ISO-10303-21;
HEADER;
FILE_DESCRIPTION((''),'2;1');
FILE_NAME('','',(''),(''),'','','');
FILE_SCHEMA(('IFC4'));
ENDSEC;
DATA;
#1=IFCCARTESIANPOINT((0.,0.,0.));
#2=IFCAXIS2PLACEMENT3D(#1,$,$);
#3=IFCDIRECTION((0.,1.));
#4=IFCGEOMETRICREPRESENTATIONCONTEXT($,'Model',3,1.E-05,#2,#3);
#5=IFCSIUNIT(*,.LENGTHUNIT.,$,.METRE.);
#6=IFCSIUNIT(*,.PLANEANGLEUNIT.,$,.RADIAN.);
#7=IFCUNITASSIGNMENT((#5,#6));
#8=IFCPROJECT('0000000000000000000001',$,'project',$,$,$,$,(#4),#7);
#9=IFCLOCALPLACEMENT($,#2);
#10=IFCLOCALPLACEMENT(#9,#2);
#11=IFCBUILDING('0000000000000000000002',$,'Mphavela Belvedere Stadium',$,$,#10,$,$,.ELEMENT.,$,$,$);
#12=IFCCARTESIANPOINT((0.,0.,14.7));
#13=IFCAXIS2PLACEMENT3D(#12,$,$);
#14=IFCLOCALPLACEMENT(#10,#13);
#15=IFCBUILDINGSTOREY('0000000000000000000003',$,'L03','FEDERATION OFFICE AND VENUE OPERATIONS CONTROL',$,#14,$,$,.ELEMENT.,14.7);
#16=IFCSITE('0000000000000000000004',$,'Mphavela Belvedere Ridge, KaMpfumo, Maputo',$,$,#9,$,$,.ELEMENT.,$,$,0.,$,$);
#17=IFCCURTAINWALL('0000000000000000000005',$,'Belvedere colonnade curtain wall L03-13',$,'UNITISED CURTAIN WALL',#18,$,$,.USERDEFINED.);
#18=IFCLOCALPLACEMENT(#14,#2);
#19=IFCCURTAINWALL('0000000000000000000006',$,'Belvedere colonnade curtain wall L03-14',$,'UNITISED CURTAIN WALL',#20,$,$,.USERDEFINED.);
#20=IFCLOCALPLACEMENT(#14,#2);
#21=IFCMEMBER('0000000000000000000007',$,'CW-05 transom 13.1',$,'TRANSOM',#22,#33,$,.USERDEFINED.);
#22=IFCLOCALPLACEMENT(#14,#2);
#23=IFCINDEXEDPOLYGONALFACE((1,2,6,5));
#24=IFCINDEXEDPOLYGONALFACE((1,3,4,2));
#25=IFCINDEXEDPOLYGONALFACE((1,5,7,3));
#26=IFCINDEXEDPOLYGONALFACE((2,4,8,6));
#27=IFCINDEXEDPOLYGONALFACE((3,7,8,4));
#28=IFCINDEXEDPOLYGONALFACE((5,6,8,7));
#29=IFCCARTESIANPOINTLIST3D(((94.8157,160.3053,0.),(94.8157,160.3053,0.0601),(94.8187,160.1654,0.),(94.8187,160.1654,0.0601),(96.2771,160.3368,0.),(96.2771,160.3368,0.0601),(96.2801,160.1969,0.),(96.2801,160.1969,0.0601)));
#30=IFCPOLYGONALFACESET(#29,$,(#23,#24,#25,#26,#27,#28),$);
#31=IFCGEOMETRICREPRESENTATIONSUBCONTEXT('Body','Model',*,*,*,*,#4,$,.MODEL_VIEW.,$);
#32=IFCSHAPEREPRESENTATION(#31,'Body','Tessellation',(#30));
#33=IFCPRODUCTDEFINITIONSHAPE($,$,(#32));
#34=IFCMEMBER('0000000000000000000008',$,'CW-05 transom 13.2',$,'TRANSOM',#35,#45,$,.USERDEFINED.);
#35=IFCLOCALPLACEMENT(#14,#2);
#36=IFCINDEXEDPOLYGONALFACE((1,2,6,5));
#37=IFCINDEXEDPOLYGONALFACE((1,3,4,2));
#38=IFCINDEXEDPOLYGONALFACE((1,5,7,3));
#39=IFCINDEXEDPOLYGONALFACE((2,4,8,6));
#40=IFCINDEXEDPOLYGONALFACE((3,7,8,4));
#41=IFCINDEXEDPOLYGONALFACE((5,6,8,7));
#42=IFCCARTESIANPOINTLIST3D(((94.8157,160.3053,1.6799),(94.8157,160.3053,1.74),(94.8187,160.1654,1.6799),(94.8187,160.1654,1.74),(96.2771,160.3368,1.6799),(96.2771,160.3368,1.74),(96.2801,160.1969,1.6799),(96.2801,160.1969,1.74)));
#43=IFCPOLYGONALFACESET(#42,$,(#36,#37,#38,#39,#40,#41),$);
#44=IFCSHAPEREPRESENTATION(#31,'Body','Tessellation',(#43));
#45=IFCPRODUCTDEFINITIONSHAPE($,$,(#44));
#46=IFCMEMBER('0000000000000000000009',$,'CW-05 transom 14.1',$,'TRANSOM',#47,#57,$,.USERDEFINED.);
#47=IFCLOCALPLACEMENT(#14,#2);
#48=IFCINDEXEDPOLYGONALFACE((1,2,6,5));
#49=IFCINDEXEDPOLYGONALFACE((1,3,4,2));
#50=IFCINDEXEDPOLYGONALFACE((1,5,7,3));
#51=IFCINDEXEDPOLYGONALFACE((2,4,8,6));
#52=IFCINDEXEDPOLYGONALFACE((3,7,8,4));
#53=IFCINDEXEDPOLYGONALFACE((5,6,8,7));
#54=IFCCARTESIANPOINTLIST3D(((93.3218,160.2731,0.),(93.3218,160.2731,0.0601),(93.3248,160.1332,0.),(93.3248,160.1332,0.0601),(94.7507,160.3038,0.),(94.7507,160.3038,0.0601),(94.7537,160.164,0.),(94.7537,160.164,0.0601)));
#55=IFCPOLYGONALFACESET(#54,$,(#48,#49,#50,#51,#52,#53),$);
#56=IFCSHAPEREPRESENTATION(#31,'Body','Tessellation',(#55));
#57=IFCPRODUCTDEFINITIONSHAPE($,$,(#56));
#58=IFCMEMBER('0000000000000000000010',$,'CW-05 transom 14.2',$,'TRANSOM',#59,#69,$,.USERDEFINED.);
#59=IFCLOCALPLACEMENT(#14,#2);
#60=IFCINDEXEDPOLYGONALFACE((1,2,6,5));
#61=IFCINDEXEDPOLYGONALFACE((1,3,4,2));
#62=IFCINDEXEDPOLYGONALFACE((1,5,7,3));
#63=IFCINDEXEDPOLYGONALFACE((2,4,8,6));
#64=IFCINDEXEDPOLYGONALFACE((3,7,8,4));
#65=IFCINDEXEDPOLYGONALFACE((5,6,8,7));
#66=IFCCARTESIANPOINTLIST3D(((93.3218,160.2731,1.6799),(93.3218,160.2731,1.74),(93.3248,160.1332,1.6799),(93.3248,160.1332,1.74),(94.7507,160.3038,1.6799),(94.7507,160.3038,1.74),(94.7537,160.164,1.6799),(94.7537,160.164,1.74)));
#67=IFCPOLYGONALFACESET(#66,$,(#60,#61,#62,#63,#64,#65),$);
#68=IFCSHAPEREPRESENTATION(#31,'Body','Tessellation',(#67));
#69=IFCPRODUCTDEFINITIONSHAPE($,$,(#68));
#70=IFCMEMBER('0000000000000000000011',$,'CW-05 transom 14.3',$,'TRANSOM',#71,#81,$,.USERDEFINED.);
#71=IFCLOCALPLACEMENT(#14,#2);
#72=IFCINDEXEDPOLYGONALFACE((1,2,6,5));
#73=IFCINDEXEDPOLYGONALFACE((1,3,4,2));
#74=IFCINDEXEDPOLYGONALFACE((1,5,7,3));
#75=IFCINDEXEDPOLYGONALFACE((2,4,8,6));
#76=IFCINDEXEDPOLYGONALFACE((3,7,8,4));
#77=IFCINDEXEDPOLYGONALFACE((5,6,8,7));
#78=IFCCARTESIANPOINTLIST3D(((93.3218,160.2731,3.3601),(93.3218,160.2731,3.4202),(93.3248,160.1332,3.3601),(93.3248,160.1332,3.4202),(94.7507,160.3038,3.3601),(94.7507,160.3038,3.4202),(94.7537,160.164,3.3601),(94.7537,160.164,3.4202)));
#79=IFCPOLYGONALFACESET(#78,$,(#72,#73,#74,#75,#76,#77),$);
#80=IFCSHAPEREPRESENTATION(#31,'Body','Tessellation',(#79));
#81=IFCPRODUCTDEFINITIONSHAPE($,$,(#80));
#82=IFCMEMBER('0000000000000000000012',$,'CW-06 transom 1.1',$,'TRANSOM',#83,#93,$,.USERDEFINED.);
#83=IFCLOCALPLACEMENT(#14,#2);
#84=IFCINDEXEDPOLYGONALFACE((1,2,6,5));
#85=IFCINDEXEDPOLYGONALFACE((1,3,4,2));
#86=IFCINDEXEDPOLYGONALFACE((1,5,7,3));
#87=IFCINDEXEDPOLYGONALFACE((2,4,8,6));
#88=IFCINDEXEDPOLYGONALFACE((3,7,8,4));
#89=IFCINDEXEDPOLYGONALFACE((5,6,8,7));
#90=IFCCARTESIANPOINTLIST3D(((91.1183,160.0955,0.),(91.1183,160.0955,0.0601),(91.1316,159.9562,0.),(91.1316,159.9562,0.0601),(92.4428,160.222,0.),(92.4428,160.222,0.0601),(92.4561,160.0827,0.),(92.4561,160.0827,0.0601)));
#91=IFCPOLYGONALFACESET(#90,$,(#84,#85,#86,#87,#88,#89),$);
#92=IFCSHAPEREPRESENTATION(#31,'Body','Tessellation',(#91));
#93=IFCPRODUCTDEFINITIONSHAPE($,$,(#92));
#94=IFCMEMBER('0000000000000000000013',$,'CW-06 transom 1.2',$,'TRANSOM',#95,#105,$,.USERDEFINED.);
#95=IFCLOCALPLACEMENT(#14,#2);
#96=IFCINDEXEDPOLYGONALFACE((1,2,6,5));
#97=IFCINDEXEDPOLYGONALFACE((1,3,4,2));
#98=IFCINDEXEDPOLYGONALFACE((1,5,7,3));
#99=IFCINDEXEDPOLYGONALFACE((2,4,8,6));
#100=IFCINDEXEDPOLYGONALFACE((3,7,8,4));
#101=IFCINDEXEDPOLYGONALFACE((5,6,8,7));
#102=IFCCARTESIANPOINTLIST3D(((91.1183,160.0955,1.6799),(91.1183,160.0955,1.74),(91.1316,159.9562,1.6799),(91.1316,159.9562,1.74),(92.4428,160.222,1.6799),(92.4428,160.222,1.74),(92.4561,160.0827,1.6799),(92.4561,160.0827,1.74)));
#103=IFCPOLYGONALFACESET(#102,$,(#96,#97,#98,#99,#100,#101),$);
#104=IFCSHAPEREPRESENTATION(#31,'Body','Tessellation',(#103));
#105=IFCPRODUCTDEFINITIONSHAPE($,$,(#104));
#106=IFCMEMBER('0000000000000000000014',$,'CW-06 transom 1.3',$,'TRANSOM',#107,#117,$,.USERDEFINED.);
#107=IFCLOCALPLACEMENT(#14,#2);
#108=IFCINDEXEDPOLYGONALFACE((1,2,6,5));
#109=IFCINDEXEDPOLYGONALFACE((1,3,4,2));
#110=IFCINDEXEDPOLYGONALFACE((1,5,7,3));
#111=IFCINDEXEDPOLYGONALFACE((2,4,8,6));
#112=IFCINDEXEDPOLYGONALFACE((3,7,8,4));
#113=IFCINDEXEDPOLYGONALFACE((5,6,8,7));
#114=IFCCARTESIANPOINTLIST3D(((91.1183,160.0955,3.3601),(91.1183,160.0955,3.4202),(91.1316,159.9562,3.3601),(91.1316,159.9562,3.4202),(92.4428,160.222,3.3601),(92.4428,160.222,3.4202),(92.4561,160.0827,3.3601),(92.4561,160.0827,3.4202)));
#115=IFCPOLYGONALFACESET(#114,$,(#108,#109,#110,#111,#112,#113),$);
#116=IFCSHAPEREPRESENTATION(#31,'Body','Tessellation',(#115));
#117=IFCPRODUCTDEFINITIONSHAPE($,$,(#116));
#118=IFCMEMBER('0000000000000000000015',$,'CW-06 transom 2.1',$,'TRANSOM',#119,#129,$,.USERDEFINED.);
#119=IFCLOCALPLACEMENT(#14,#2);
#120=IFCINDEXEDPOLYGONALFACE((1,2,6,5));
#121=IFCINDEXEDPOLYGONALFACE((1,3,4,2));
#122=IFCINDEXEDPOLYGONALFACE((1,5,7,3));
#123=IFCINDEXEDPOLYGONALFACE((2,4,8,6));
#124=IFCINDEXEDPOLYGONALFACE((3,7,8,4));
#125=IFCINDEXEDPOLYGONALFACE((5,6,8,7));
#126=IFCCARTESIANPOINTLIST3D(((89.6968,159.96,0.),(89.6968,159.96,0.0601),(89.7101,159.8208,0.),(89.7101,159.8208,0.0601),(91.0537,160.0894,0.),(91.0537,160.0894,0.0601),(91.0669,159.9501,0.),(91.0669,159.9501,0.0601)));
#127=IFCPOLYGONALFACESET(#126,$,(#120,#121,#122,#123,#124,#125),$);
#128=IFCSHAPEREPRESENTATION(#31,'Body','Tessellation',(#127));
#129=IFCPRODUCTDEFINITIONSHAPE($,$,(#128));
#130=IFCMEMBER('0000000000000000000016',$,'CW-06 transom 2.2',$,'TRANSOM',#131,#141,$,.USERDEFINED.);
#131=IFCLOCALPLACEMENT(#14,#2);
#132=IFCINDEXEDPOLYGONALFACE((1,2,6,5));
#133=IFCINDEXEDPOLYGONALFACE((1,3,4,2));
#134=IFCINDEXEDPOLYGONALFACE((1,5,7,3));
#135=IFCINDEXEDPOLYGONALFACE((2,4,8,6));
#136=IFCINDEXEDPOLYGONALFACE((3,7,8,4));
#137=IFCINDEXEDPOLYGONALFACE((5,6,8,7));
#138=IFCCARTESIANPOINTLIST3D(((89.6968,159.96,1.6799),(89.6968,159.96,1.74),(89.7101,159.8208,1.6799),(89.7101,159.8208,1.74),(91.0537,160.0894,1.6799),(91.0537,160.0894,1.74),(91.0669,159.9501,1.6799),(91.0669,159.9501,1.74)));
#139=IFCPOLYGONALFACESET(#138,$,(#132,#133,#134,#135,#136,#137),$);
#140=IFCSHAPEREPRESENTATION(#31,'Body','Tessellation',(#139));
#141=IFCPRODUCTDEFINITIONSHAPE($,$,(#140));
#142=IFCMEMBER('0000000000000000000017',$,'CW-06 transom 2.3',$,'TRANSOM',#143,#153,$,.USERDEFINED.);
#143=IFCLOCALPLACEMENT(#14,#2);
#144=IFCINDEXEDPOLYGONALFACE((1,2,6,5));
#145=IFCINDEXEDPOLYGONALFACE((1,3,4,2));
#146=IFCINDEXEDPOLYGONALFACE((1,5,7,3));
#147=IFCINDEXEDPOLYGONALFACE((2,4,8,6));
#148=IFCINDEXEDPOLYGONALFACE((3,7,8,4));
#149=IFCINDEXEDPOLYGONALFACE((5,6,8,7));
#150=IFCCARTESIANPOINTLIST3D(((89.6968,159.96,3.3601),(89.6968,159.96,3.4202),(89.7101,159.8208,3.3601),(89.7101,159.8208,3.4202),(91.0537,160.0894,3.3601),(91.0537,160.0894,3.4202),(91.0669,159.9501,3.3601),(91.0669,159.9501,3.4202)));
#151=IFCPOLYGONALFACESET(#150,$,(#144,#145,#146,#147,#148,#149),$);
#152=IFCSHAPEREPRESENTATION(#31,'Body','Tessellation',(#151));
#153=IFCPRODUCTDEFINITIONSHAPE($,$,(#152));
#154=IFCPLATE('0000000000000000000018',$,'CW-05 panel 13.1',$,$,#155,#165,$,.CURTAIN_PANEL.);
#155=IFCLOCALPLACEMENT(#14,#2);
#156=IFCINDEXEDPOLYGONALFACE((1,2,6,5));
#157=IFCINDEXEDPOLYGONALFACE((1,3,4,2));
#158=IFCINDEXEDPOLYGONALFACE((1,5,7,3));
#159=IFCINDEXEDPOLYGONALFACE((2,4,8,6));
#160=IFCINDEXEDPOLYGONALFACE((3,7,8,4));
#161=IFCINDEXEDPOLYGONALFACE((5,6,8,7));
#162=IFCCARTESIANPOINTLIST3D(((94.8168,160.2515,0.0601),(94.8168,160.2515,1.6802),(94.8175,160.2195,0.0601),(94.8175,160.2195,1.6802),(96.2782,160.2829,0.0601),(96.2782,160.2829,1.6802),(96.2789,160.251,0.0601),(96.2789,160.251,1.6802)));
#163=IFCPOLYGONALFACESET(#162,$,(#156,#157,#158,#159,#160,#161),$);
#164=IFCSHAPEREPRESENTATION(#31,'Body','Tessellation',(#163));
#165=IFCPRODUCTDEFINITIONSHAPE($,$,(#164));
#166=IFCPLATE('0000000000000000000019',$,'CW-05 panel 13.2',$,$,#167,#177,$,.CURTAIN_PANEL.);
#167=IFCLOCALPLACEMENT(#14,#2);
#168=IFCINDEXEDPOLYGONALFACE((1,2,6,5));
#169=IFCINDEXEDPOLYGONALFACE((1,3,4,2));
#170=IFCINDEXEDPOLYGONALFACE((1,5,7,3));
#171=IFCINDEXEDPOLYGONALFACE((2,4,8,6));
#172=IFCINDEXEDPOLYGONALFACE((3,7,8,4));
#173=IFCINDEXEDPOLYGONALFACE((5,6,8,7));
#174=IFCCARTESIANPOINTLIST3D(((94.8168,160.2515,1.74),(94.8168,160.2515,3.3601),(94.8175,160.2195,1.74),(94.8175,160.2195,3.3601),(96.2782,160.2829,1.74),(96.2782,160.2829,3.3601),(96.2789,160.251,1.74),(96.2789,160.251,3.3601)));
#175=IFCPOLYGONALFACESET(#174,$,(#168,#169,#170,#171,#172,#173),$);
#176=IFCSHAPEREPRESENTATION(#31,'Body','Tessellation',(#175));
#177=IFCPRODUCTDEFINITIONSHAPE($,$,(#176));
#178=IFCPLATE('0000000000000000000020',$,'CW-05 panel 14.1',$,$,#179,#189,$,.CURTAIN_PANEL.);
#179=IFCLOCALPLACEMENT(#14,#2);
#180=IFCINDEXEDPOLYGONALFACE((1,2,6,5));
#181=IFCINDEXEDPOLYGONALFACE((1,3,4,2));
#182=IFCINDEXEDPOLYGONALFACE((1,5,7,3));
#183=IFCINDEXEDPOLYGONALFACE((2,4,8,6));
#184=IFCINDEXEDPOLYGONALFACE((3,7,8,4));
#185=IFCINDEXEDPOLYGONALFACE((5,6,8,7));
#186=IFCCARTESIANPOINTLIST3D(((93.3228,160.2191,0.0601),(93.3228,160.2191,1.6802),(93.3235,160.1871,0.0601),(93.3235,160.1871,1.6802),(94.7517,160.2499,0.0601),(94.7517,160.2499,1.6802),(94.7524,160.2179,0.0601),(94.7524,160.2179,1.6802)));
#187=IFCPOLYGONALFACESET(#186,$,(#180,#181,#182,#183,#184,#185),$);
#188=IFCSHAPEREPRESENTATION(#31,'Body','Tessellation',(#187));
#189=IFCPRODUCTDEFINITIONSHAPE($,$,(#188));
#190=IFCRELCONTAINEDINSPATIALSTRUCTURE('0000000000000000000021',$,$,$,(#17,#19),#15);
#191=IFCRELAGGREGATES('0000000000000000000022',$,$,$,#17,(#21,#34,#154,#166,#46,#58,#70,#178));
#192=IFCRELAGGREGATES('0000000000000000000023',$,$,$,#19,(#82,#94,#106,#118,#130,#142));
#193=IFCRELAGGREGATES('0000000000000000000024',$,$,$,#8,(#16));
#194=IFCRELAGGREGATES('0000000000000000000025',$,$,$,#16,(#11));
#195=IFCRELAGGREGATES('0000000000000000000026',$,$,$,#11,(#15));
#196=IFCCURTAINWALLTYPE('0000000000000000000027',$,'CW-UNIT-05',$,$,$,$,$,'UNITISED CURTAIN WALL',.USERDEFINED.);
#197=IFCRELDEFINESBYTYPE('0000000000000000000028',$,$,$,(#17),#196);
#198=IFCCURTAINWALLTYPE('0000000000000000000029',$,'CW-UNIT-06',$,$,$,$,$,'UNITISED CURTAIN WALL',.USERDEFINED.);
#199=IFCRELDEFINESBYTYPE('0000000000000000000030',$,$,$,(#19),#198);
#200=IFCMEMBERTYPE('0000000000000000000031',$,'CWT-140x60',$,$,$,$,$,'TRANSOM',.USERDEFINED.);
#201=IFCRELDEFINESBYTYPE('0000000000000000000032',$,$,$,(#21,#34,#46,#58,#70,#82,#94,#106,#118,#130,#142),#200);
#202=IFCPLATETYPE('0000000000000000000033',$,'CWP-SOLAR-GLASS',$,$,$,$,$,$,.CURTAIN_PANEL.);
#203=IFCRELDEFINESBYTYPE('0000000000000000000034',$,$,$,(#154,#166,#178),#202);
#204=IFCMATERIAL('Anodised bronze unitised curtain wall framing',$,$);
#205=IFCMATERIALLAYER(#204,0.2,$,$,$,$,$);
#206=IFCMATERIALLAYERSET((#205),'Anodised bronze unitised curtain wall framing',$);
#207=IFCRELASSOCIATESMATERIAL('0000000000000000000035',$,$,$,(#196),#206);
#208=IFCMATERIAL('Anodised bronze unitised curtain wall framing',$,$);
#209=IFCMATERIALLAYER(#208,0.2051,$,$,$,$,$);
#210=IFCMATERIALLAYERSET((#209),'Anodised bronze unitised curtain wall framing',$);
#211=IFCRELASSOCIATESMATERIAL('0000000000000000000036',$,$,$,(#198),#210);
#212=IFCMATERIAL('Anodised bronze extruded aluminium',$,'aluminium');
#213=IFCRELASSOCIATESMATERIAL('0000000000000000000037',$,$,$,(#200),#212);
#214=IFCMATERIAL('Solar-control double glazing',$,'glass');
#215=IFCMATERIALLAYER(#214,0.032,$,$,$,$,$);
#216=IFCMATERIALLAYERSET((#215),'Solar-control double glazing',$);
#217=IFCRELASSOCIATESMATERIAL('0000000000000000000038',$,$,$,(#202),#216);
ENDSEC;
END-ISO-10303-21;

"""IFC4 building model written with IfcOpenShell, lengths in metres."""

from ifc_helpers import new_model, si_unit, direction, frame, origin, origin_2d, place, context, subcontext, project, spatial, rectangle, extrude, material, layer, layer_set, material_profile, profile_set, type_object, element, aggregate, save


model = new_model("IFC4")

# Units and contexts
model_context = context("Model", 3, precision=1e-05, world=origin(), true_north=direction((0.0, 1.0)))
body_context = subcontext(model_context, "Body", "Model", "MODEL_VIEW")
ifc_project = project(units=[si_unit("LENGTHUNIT", "METRE"), si_unit("PLANEANGLEUNIT", "RADIAN")], contexts=[model_context])

# Site, building, storey
site_placement = place(None, origin())
site = spatial("IfcSite", under=ifc_project, at=site_placement, Name="Mphavela Belvedere Ridge, KaMpfumo, Maputo", CompositionType="ELEMENT", RefElevation=0.0)
building_placement = place(site_placement, origin())
building = spatial("IfcBuilding", under=site, at=building_placement, Name="Mphavela Belvedere Stadium", CompositionType="ELEMENT")
storey_placement = place(building_placement, frame((0.0, 0.0, 14.7)))
storey = spatial("IfcBuildingStorey", under=building, at=storey_placement, Name="L03", Description="FEDERATION OFFICE AND VENUE OPERATIONS CONTROL", CompositionType="ELEMENT", Elevation=14.7)

# Curtain walls
ifc_material_1 = material(Name="Anodised bronze unitised curtain wall framing")
ifc_layer_1 = layer(ifc_material_1, 0.2)
ifc_layer_set_1 = layer_set([ifc_layer_1], Name="Anodised bronze unitised curtain wall framing")
curtain_wall_type_1 = type_object("IfcCurtainWallType", Name="CW-UNIT-05", ElementType="UNITISED CURTAIN WALL", PredefinedType="USERDEFINED", material=ifc_layer_set_1)
curtain_wall_1_placement = place(storey_placement, origin())
curtain_wall_1 = element("IfcCurtainWall", 1, at=curtain_wall_1_placement, inside=storey, type_object=curtain_wall_type_1, Name="Belvedere colonnade curtain wall L03-13", ObjectType="UNITISED CURTAIN WALL", PredefinedType="USERDEFINED")
ifc_material_2 = material(Name="Anodised bronze unitised curtain wall framing")
ifc_layer_2 = layer(ifc_material_2, 0.2051)
ifc_layer_set_2 = layer_set([ifc_layer_2], Name="Anodised bronze unitised curtain wall framing")
curtain_wall_type_2 = type_object("IfcCurtainWallType", Name="CW-UNIT-06", ElementType="UNITISED CURTAIN WALL", PredefinedType="USERDEFINED", material=ifc_layer_set_2)
curtain_wall_2_placement = place(storey_placement, origin())
curtain_wall_2 = element("IfcCurtainWall", 2, at=curtain_wall_2_placement, inside=storey, type_object=curtain_wall_type_2, Name="Belvedere colonnade curtain wall L03-14", ObjectType="UNITISED CURTAIN WALL", PredefinedType="USERDEFINED")

# Members
ifc_material_3 = material(Name="Anodised bronze extruded aluminium", Category="aluminium")
ifc_material_profile_1 = material_profile(ifc_material_3, rectangle(XDim=0.1399, YDim=0.0601, at=origin_2d()), Name="CW-TRN 140x60")
ifc_profile_set_1 = profile_set([ifc_material_profile_1], Name="Anodised bronze extruded aluminium")
member_type_1 = type_object("IfcMemberType", Name="CWT-140x60", ElementType="TRANSOM", PredefinedType="USERDEFINED", material=ifc_profile_set_1)
member_1_placement = place(storey_placement, frame((96.2786, 160.2668, 0.03), z_axis=(-0.999768, -0.021545, 0.0), x_axis=(0.021545, -0.999768, 0.0)))
member_1 = element("IfcMember", 3, at=member_1_placement, type_object=member_type_1, Name="CW-05 transom 13.1", ObjectType="TRANSOM", PredefinedType="USERDEFINED", context=body_context, shape_type="SweptSolid", body=[
    extrude(rectangle(XDim=0.1399, YDim=0.0601, at=origin_2d()), origin(), (0.0, 0.0, 1.0), 1.4617),
])
member_2_placement = place(storey_placement, frame((96.2786, 160.2668, 1.71), z_axis=(-0.999768, -0.021545, 0.0), x_axis=(0.021545, -0.999768, 0.0)))
member_2 = element("IfcMember", 4, at=member_2_placement, type_object=member_type_1, Name="CW-05 transom 13.2", ObjectType="TRANSOM", PredefinedType="USERDEFINED", context=body_context, shape_type="SweptSolid", body=[
    extrude(rectangle(XDim=0.1399, YDim=0.0601, at=origin_2d()), origin(), (0.0, 0.0, 1.0), 1.4617),
])
member_3_placement = place(storey_placement, frame((94.7522, 160.2339, 0.03), z_axis=(-0.999768, -0.021522, 0.0), x_axis=(0.021522, -0.999768, 0.0)))
member_3 = element("IfcMember", 5, at=member_3_placement, type_object=member_type_1, Name="CW-05 transom 14.1", ObjectType="TRANSOM", PredefinedType="USERDEFINED", context=body_context, shape_type="SweptSolid", body=[
    extrude(rectangle(XDim=0.1399, YDim=0.0601, at=origin_2d()), origin(), (0.0, 0.0, 1.0), 1.4292),
])
member_4_placement = place(storey_placement, frame((94.7522, 160.2339, 1.71), z_axis=(-0.999768, -0.021522, 0.0), x_axis=(0.021522, -0.999768, 0.0)))
member_4 = element("IfcMember", 6, at=member_4_placement, type_object=member_type_1, Name="CW-05 transom 14.2", ObjectType="TRANSOM", PredefinedType="USERDEFINED", context=body_context, shape_type="SweptSolid", body=[
    extrude(rectangle(XDim=0.1399, YDim=0.0601, at=origin_2d()), origin(), (0.0, 0.0, 1.0), 1.4292),
])
member_5_placement = place(storey_placement, frame((94.7522, 160.2339, 3.3901), z_axis=(-0.999768, -0.021522, 0.0), x_axis=(0.021522, -0.999768, 0.0)))
member_5 = element("IfcMember", 7, at=member_5_placement, type_object=member_type_1, Name="CW-05 transom 14.3", ObjectType="TRANSOM", PredefinedType="USERDEFINED", context=body_context, shape_type="SweptSolid", body=[
    extrude(rectangle(XDim=0.1399, YDim=0.0601, at=origin_2d()), origin(), (0.0, 0.0, 1.0), 1.4292),
])
member_6_placement = place(storey_placement, frame((92.4495, 160.1523, 0.03), z_axis=(-0.995472, -0.095052, 0.0), x_axis=(0.095052, -0.995472, 0.0)))
member_6 = element("IfcMember", 8, at=member_6_placement, type_object=member_type_1, Name="CW-06 transom 1.1", ObjectType="TRANSOM", PredefinedType="USERDEFINED", context=body_context, shape_type="SweptSolid", body=[
    extrude(rectangle(XDim=0.1399, YDim=0.0601, at=origin_2d()), origin(), (0.0, 0.0, 1.0), 1.3306),
])
member_7_placement = place(storey_placement, frame((92.4495, 160.1523, 1.71), z_axis=(-0.995472, -0.095052, 0.0), x_axis=(0.095052, -0.995472, 0.0)))
member_7 = element("IfcMember", 9, at=member_7_placement, type_object=member_type_1, Name="CW-06 transom 1.2", ObjectType="TRANSOM", PredefinedType="USERDEFINED", context=body_context, shape_type="SweptSolid", body=[
    extrude(rectangle(XDim=0.1399, YDim=0.0601, at=origin_2d()), origin(), (0.0, 0.0, 1.0), 1.3306),
])
member_8_placement = place(storey_placement, frame((92.4495, 160.1523, 3.3901), z_axis=(-0.995472, -0.095052, 0.0), x_axis=(0.095052, -0.995472, 0.0)))
member_8 = element("IfcMember", 10, at=member_8_placement, type_object=member_type_1, Name="CW-06 transom 1.3", ObjectType="TRANSOM", PredefinedType="USERDEFINED", context=body_context, shape_type="SweptSolid", body=[
    extrude(rectangle(XDim=0.1399, YDim=0.0601, at=origin_2d()), origin(), (0.0, 0.0, 1.0), 1.3306),
])
member_9_placement = place(storey_placement, frame((91.0603, 160.0198, 0.03), z_axis=(-0.995484, -0.094927, 0.0), x_axis=(0.094927, -0.995484, 0.0)))
member_9 = element("IfcMember", 11, at=member_9_placement, type_object=member_type_1, Name="CW-06 transom 2.1", ObjectType="TRANSOM", PredefinedType="USERDEFINED", context=body_context, shape_type="SweptSolid", body=[
    extrude(rectangle(XDim=0.1399, YDim=0.0601, at=origin_2d()), origin(), (0.0, 0.0, 1.0), 1.363),
])
member_10_placement = place(storey_placement, frame((91.0603, 160.0198, 1.71), z_axis=(-0.995484, -0.094927, 0.0), x_axis=(0.094927, -0.995484, 0.0)))
member_10 = element("IfcMember", 12, at=member_10_placement, type_object=member_type_1, Name="CW-06 transom 2.2", ObjectType="TRANSOM", PredefinedType="USERDEFINED", context=body_context, shape_type="SweptSolid", body=[
    extrude(rectangle(XDim=0.1399, YDim=0.0601, at=origin_2d()), origin(), (0.0, 0.0, 1.0), 1.363),
])
member_11_placement = place(storey_placement, frame((91.0603, 160.0198, 3.3901), z_axis=(-0.995484, -0.094927, 0.0), x_axis=(0.094927, -0.995484, 0.0)))
member_11 = element("IfcMember", 13, at=member_11_placement, type_object=member_type_1, Name="CW-06 transom 2.3", ObjectType="TRANSOM", PredefinedType="USERDEFINED", context=body_context, shape_type="SweptSolid", body=[
    extrude(rectangle(XDim=0.1399, YDim=0.0601, at=origin_2d()), origin(), (0.0, 0.0, 1.0), 1.363),
])

# Plates
ifc_material_4 = material(Name="Solar-control double glazing", Category="glass")
ifc_layer_3 = layer(ifc_material_4, 0.032)
ifc_layer_set_3 = layer_set([ifc_layer_3], Name="Solar-control double glazing")
plate_type = type_object("IfcPlateType", Name="CWP-SOLAR-GLASS", PredefinedType="CURTAIN_PANEL", material=ifc_layer_set_3)
plate_1_placement = place(storey_placement, frame((95.5479, 160.2512, 0.0601), z_axis=(0.0, 0.0, 1.0), x_axis=(-0.999768, -0.021531, 0.0)))
plate_1 = element("IfcPlate", 14, at=plate_1_placement, type_object=plate_type, Name="CW-05 panel 13.1", PredefinedType="CURTAIN_PANEL", context=body_context, shape_type="SweptSolid", body=[
    extrude(rectangle(XDim=1.4617, YDim=0.032, at=origin_2d()), origin(), (0.0, 0.0, 1.0), 1.6201),
])
plate_2_placement = place(storey_placement, frame((95.5479, 160.2512, 1.74), z_axis=(0.0, 0.0, 1.0), x_axis=(-0.999768, -0.021531, 0.0)))
plate_2 = element("IfcPlate", 15, at=plate_2_placement, type_object=plate_type, Name="CW-05 panel 13.2", PredefinedType="CURTAIN_PANEL", context=body_context, shape_type="SweptSolid", body=[
    extrude(rectangle(XDim=1.4617, YDim=0.032, at=origin_2d()), origin(), (0.0, 0.0, 1.0), 1.6201),
])
plate_3_placement = place(storey_placement, frame((94.0376, 160.2185, 0.0601), z_axis=(0.0, 0.0, 1.0), x_axis=(-0.999768, -0.021531, 0.0)))
plate_3 = element("IfcPlate", 16, at=plate_3_placement, type_object=plate_type, Name="CW-05 panel 14.1", PredefinedType="CURTAIN_PANEL", context=body_context, shape_type="SweptSolid", body=[
    extrude(rectangle(XDim=1.4292, YDim=0.032, at=origin_2d()), origin(), (0.0, 0.0, 1.0), 1.6201),
])
aggregate(curtain_wall_1, [member_1, member_2, plate_1, plate_2, member_3, member_4, member_5, plate_3])
aggregate(curtain_wall_2, [member_6, member_7, member_8, member_9, member_10, member_11])

save(model, "model.ifc")
